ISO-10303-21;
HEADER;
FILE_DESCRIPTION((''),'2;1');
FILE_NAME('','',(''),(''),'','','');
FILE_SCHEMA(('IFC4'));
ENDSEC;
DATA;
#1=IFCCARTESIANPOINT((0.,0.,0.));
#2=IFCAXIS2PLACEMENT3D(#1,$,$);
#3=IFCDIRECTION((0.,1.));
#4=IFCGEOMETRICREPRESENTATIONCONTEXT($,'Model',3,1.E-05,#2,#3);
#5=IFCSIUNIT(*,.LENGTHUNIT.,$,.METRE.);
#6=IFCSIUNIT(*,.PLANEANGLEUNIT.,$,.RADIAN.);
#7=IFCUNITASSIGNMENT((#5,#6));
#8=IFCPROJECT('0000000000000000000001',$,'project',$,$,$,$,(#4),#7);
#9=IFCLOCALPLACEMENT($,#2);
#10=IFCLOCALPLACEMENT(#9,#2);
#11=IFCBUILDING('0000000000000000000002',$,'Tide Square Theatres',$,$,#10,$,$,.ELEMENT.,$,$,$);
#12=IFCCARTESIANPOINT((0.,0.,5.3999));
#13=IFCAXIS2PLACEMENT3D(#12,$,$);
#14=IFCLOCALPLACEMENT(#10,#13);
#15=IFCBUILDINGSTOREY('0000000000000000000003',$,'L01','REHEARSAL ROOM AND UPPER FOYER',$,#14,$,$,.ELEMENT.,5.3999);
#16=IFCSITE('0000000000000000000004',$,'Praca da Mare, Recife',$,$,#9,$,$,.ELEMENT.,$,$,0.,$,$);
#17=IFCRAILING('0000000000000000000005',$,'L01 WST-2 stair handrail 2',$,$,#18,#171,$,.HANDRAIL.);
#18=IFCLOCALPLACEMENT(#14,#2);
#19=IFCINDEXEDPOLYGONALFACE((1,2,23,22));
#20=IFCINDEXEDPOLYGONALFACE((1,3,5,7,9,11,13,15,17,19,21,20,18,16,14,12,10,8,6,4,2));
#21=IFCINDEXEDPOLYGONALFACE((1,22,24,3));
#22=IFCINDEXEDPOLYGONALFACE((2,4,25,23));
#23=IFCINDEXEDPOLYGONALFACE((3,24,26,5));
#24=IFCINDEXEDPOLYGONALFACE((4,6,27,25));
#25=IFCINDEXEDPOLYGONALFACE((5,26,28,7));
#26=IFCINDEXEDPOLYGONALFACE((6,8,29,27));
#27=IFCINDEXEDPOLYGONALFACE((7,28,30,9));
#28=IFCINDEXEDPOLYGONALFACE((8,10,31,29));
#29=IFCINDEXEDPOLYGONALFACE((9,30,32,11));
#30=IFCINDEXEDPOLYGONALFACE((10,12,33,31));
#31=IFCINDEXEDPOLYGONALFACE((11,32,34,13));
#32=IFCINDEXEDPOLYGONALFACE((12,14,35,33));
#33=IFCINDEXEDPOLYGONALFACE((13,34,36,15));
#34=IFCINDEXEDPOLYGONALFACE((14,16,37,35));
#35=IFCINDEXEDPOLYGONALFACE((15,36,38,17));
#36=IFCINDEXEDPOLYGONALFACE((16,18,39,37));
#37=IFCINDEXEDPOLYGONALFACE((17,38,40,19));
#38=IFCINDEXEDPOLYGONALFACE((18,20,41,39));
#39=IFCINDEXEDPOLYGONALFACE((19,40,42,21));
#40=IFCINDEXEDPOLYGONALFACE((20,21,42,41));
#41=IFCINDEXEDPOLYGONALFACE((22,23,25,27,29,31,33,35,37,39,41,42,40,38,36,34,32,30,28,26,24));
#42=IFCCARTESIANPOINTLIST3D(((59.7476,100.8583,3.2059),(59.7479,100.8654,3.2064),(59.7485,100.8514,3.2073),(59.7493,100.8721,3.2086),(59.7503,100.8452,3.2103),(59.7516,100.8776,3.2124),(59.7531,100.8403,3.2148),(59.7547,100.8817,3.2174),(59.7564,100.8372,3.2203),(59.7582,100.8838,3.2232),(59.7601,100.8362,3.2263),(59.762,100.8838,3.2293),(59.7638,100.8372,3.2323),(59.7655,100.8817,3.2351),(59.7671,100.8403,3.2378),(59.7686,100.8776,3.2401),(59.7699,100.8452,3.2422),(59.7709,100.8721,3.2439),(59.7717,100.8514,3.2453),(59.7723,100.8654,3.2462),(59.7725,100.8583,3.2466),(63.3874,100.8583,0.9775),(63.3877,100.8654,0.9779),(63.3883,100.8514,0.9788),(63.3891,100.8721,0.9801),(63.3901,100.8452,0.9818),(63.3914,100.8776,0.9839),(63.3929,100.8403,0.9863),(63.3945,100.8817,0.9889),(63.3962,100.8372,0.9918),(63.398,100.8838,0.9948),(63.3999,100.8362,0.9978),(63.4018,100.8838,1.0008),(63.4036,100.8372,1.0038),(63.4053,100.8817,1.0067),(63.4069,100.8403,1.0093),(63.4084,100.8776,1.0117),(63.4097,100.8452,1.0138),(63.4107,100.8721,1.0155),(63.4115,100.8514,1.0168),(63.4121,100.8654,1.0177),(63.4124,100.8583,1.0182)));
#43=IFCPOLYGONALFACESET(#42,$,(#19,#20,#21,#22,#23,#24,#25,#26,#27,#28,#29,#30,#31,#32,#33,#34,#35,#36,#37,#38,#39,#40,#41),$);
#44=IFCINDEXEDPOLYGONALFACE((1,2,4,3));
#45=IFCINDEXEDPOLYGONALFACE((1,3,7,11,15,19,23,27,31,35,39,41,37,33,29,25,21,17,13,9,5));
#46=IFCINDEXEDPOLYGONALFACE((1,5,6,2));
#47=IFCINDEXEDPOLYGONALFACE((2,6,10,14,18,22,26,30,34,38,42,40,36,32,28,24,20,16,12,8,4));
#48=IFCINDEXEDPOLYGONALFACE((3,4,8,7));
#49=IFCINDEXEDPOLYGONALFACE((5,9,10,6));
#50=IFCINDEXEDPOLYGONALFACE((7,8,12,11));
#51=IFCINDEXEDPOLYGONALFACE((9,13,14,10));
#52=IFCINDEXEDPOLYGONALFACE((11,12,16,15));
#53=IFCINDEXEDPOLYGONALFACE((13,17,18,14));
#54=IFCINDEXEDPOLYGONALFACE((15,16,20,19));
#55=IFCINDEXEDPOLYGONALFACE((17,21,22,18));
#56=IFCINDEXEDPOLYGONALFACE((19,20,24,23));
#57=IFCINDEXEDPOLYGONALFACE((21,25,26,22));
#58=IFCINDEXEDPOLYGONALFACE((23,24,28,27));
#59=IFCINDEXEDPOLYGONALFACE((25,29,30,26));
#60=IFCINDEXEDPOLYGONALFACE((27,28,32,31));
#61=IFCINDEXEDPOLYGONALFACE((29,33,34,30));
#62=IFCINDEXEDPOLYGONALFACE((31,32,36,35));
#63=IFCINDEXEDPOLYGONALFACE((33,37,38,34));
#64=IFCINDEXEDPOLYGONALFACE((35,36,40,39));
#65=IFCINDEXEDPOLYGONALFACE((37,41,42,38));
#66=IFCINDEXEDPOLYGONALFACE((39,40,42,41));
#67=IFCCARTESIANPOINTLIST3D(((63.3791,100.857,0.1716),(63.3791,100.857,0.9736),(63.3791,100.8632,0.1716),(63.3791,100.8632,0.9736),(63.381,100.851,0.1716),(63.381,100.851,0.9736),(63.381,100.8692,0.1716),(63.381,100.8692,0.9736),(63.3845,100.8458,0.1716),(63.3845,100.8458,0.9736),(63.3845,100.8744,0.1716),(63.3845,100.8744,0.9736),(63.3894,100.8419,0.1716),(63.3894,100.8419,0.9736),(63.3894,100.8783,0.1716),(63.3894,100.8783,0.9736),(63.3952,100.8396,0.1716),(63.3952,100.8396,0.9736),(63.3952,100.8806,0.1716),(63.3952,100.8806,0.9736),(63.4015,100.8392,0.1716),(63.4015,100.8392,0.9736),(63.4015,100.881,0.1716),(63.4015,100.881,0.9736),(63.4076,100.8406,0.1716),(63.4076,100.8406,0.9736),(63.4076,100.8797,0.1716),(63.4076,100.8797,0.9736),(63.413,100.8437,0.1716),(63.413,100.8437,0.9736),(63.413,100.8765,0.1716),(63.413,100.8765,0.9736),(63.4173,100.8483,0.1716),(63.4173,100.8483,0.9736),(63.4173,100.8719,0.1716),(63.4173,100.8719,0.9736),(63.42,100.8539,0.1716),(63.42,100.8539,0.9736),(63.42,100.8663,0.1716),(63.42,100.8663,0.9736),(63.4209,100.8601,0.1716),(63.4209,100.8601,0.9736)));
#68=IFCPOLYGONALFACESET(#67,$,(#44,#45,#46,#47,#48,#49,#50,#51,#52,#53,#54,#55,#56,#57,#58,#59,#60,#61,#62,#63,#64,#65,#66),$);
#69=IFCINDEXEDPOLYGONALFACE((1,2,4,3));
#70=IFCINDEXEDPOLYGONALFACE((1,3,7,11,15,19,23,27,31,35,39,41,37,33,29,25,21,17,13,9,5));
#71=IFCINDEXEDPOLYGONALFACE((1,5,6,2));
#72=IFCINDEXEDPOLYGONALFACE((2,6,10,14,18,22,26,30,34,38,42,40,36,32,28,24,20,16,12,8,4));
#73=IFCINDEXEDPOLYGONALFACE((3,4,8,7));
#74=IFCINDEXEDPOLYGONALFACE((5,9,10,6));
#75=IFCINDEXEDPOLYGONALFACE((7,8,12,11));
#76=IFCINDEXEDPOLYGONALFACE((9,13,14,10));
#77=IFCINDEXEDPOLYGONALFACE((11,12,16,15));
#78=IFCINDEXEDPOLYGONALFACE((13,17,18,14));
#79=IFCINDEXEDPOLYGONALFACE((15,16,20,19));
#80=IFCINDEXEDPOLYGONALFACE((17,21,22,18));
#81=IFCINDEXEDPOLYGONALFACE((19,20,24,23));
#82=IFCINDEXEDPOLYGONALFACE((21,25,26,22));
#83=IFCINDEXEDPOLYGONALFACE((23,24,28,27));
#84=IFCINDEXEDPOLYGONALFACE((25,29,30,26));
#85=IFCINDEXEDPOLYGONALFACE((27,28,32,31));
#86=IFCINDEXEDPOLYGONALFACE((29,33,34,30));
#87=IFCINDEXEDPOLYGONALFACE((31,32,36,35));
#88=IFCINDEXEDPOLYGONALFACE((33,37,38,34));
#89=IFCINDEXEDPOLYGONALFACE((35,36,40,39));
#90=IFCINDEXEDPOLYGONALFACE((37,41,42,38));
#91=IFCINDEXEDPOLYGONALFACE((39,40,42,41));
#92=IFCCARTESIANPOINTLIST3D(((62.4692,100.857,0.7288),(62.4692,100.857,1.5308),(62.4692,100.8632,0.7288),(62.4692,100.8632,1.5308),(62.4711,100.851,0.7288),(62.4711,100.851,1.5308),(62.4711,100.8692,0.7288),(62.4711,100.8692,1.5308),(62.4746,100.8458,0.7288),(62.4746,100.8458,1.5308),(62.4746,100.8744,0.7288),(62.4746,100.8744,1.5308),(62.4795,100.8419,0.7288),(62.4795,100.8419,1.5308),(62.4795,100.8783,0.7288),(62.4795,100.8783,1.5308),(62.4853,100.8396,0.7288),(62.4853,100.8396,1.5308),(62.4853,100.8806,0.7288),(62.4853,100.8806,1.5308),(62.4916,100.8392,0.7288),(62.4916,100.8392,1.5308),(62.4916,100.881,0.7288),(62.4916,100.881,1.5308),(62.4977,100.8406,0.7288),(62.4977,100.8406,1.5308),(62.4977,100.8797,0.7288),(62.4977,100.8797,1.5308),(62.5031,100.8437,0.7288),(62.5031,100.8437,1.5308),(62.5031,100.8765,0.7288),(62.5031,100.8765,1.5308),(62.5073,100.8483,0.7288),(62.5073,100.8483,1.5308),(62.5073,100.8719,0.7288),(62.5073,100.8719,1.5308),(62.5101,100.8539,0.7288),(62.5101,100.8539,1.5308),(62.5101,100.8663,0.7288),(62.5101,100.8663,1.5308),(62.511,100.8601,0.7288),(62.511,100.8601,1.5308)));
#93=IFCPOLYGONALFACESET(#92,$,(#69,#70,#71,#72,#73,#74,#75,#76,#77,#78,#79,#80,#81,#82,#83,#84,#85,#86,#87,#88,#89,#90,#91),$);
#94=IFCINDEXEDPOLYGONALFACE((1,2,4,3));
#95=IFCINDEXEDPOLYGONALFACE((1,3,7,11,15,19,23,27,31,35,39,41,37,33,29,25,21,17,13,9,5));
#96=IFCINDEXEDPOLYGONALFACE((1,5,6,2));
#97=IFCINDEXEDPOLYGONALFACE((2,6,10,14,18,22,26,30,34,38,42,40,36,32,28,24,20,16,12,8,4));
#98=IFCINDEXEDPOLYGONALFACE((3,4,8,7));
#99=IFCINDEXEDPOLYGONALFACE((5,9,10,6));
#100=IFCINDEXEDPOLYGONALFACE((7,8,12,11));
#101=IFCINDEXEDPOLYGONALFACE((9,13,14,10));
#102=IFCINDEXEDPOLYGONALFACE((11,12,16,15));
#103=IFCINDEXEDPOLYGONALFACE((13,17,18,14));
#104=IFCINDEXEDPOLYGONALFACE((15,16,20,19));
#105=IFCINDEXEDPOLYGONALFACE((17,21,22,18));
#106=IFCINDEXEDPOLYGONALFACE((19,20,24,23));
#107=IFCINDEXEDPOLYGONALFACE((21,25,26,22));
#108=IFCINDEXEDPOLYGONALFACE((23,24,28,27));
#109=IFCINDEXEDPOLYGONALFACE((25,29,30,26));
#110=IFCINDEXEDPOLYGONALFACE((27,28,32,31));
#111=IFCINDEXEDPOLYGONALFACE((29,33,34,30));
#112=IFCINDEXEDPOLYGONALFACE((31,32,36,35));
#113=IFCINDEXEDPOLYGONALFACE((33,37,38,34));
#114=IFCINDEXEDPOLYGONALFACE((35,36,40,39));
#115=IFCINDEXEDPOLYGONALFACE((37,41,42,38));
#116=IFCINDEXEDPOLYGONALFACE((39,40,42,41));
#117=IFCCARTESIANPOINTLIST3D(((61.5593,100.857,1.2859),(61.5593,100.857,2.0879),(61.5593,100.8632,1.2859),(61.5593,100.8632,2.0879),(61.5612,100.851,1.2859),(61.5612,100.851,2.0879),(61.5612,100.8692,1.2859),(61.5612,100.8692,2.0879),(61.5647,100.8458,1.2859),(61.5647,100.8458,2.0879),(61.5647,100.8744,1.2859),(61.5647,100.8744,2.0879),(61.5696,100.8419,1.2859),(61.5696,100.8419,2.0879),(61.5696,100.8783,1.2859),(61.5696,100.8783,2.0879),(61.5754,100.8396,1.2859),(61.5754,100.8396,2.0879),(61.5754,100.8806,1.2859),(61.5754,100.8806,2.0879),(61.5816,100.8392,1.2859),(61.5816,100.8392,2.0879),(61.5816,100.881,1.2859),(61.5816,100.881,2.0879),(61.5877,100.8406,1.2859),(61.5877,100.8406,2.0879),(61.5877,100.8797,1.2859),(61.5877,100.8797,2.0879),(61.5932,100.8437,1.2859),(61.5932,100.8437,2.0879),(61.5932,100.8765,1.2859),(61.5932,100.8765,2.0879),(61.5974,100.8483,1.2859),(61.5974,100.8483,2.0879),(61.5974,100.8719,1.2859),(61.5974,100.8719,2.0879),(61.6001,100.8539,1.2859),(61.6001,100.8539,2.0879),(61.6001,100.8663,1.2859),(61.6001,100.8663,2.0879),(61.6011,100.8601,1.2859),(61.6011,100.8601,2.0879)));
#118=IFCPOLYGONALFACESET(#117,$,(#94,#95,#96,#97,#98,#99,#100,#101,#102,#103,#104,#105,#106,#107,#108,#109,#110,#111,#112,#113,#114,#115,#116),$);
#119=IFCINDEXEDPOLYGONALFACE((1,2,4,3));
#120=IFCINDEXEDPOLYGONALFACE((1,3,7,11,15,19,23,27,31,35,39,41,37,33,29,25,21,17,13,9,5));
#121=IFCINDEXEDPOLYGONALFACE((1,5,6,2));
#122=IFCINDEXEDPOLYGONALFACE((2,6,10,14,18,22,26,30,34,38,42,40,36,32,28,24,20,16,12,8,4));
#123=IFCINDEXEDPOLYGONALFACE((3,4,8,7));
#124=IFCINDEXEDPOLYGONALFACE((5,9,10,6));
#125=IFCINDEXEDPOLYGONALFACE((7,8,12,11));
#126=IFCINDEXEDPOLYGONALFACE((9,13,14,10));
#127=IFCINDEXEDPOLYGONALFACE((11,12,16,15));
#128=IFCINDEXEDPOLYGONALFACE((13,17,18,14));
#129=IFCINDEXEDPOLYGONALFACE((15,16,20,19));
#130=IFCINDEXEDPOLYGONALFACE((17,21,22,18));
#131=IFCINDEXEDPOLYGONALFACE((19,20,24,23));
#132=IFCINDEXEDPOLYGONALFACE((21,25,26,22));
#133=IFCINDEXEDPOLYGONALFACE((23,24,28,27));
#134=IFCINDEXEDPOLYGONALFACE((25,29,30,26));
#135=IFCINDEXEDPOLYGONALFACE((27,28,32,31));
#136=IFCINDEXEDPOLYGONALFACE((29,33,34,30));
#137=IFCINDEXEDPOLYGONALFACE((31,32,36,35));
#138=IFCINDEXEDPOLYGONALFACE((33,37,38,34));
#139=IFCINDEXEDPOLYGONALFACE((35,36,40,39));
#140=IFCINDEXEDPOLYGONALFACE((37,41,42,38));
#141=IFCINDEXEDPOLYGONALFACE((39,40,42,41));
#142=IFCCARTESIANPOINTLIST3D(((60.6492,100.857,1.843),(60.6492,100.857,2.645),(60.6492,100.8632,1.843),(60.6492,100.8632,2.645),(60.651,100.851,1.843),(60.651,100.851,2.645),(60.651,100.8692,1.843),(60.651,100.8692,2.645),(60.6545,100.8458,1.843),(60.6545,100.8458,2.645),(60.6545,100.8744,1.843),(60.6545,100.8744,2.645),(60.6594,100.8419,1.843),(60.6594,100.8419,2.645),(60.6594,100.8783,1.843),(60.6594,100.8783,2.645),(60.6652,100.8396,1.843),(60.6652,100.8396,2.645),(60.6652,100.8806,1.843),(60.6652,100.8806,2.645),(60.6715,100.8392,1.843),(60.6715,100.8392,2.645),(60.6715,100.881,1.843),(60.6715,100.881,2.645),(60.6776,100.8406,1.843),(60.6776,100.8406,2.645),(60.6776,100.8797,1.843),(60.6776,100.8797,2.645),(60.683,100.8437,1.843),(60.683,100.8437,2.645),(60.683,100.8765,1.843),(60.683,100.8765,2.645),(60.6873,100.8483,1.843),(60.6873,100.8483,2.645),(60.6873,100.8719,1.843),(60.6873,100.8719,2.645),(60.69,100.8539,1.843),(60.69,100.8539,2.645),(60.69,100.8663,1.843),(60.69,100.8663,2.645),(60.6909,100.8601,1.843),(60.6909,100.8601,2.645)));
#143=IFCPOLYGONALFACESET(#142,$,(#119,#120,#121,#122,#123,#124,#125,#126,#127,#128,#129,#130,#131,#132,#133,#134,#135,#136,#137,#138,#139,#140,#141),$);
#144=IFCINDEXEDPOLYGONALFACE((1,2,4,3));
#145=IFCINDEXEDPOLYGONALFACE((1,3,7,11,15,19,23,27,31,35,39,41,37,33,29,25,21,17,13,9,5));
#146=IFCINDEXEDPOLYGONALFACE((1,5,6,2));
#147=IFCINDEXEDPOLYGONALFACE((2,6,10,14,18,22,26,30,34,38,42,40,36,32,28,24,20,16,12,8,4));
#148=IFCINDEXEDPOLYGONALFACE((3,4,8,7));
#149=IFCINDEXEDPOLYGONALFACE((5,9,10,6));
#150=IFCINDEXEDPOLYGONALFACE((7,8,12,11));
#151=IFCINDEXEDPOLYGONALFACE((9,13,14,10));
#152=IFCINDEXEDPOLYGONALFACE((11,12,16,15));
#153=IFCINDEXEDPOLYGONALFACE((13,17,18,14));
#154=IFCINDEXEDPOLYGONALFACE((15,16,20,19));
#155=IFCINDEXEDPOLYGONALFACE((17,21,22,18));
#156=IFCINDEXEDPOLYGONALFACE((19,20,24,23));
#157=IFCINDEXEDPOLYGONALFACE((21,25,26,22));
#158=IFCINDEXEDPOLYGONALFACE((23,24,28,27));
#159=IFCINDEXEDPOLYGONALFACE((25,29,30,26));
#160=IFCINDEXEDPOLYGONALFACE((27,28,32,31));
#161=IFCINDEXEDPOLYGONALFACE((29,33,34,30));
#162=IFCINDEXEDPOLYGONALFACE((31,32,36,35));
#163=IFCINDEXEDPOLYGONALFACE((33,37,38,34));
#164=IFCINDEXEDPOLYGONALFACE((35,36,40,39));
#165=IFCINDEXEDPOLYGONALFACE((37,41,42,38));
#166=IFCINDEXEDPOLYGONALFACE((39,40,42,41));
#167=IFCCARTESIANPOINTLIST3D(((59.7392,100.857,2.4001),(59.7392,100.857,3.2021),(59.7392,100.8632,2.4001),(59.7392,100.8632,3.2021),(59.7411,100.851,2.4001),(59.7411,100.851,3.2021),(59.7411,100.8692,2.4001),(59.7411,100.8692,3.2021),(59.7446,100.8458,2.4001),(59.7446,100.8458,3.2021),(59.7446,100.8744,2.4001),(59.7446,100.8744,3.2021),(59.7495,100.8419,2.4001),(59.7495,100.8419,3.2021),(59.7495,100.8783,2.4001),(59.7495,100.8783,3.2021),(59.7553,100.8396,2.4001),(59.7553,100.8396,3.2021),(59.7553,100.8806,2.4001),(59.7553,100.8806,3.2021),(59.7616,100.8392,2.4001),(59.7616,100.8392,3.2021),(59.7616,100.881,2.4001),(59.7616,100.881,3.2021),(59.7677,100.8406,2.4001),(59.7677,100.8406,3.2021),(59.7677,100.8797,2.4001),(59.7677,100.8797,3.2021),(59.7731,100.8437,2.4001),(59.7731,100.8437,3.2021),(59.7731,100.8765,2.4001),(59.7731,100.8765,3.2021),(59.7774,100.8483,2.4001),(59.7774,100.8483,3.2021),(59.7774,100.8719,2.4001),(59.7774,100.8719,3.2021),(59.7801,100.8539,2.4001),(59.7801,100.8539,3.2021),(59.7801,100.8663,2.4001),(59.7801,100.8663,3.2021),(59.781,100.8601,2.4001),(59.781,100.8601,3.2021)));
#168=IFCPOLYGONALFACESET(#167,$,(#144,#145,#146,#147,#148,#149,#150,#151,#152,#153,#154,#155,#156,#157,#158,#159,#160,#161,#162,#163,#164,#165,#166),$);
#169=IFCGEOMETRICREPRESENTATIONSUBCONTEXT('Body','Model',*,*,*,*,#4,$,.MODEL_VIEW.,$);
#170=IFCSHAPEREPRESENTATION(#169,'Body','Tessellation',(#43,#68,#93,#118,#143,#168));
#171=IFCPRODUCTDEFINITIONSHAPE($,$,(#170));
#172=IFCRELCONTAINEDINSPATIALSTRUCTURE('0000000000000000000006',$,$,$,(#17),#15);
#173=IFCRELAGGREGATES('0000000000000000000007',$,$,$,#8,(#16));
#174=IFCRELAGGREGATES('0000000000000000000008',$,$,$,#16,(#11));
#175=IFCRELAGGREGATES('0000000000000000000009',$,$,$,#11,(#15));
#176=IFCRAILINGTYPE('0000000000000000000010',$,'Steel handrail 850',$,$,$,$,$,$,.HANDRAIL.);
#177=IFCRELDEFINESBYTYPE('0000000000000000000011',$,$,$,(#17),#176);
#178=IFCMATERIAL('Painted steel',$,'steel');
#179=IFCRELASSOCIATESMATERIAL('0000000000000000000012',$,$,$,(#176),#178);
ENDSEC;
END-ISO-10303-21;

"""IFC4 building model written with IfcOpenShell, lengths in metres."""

from ifc_helpers import new_model, si_unit, direction, frame, origin, origin_2d, place, context, subcontext, project, spatial, circle, extrude, material, type_object, element, save


model = new_model("IFC4")

# Units and contexts
model_context = context("Model", 3, precision=1e-05, world=origin(), true_north=direction((0.0, 1.0)))
body_context = subcontext(model_context, "Body", "Model", "MODEL_VIEW")
ifc_project = project(units=[si_unit("LENGTHUNIT", "METRE"), si_unit("PLANEANGLEUNIT", "RADIAN")], contexts=[model_context])

# Site, building, storey
site_placement = place(None, origin())
site = spatial("IfcSite", under=ifc_project, at=site_placement, Name="Praca da Mare, Recife", CompositionType="ELEMENT", RefElevation=0.0)
building_placement = place(site_placement, origin())
building = spatial("IfcBuilding", under=site, at=building_placement, Name="Tide Square Theatres", CompositionType="ELEMENT")
storey_placement = place(building_placement, frame((0.0, 0.0, 5.3999)))
storey = spatial("IfcBuildingStorey", under=building, at=storey_placement, Name="L01", Description="REHEARSAL ROOM AND UPPER FOYER", CompositionType="ELEMENT", Elevation=5.3999)

# Railing
ifc_material_1 = material(Name="Painted steel", Category="steel")
railing_type_1 = type_object("IfcRailingType", Name="Steel handrail 850", PredefinedType="HANDRAIL", material=ifc_material_1)
railing_1_placement = place(storey_placement, frame((63.3999, 100.8601, 0.1716)))
element("IfcRailing", 1, at=railing_1_placement, inside=storey, type_object=railing_type_1, Name="L01 WST-2 stair handrail 2", PredefinedType="HANDRAIL", context=body_context, shape_type="SweptSolid", body=[
    extrude(circle(Radius=0.0239, at=origin_2d()), frame((0.0, 0.0, 0.8262), z_axis=(-0.85285, 0.0, 0.522156), x_axis=(0.0, -1.0, 0.0)), (0.0, 0.0, 1.0), 4.2678),
    extrude(circle(Radius=0.021, at=origin_2d()), origin(), (0.0, 0.0, 1.0), 0.802),
    extrude(circle(Radius=0.021, at=origin_2d()), frame((-0.9099, 0.0, 0.5571)), (0.0, 0.0, 1.0), 0.802),
    extrude(circle(Radius=0.021, at=origin_2d()), frame((-1.8198, 0.0, 1.1143)), (0.0, 0.0, 1.0), 0.802),
    extrude(circle(Radius=0.021, at=origin_2d()), frame((-2.73, 0.0, 1.6714)), (0.0, 0.0, 1.0), 0.802),
    extrude(circle(Radius=0.021, at=origin_2d()), frame((-3.6399, 0.0, 2.2285)), (0.0, 0.0, 1.0), 0.802),
])

save(model, "model.ifc")
